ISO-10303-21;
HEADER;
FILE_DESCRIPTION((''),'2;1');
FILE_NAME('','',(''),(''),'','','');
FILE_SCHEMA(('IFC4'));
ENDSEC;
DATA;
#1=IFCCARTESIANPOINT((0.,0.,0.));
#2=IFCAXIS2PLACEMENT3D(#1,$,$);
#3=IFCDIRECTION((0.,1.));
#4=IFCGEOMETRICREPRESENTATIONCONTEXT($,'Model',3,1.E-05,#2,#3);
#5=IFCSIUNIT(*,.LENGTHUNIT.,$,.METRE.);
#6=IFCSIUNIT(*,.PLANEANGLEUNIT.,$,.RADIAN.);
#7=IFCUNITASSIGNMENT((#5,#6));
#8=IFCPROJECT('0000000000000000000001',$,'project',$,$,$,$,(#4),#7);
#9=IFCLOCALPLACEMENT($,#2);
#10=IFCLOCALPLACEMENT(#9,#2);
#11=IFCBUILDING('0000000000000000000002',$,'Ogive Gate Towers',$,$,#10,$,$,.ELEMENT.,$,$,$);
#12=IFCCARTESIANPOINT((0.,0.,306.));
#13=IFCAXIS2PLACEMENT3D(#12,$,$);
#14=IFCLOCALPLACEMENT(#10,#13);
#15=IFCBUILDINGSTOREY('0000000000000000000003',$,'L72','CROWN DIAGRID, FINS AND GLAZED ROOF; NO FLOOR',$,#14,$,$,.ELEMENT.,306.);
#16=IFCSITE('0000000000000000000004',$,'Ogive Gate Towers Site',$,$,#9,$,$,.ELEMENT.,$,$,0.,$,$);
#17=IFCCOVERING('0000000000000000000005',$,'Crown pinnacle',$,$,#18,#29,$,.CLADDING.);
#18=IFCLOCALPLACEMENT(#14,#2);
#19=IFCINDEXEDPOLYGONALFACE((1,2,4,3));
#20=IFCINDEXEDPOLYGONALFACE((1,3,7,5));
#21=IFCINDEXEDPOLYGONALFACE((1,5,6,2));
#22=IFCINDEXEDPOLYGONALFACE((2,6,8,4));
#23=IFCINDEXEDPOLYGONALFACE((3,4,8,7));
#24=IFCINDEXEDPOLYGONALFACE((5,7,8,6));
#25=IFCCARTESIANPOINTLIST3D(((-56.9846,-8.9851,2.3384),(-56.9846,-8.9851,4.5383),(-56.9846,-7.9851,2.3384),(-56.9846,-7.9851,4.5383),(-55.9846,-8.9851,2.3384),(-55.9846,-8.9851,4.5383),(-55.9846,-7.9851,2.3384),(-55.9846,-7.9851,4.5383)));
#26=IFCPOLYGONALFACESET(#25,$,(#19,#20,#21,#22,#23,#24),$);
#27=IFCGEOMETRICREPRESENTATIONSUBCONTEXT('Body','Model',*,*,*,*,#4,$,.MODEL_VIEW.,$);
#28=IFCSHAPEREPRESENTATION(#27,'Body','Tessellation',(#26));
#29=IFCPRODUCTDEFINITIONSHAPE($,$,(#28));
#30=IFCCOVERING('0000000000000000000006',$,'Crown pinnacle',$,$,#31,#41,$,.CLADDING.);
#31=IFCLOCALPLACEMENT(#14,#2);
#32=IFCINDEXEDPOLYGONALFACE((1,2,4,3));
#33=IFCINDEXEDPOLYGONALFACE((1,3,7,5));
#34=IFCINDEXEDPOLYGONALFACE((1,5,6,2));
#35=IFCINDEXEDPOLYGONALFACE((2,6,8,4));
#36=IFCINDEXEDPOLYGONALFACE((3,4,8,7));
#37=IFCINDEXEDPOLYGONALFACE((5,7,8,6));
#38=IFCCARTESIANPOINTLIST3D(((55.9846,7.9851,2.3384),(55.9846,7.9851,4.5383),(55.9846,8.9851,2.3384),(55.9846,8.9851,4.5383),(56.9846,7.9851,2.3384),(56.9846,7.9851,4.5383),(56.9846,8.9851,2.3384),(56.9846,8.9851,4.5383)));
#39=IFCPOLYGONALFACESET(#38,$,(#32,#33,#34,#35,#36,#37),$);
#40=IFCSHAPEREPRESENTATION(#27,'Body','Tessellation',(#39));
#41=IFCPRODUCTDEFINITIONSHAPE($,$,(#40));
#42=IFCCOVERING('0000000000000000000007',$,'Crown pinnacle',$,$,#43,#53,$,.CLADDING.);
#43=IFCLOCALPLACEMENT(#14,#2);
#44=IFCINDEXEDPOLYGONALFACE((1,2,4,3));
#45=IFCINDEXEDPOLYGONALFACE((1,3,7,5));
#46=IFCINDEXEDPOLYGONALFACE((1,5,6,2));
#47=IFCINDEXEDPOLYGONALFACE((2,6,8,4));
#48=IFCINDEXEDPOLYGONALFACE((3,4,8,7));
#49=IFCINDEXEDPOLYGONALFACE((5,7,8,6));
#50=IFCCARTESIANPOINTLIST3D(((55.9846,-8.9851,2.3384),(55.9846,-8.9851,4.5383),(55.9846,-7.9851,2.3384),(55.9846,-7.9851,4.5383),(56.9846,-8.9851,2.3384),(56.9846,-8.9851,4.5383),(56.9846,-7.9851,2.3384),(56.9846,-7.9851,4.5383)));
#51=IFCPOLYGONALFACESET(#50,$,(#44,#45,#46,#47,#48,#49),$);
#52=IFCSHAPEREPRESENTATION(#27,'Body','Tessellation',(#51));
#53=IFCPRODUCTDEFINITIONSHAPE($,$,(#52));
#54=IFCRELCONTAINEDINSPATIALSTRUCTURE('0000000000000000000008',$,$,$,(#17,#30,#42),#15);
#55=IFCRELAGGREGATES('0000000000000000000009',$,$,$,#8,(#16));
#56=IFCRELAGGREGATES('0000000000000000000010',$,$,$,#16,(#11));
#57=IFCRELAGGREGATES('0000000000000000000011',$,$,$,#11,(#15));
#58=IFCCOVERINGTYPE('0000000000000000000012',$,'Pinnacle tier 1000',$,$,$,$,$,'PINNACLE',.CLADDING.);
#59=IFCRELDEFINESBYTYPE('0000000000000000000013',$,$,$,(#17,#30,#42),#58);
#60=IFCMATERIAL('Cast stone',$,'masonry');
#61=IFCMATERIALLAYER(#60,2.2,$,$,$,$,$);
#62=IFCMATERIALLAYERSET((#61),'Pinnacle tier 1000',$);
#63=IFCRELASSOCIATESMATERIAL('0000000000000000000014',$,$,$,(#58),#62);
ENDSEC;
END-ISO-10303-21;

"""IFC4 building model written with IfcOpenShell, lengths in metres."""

from ifc_helpers import new_model, si_unit, direction, frame, origin, place, context, subcontext, project, spatial, polyline, outline, extrude, material, layer, layer_set, type_object, element, save


model = new_model("IFC4")

# Units and contexts
model_context = context("Model", 3, precision=1e-05, world=origin(), true_north=direction((0.0, 1.0)))
body_context = subcontext(model_context, "Body", "Model", "MODEL_VIEW")
ifc_project = project(units=[si_unit("LENGTHUNIT", "METRE"), si_unit("PLANEANGLEUNIT", "RADIAN")], contexts=[model_context])

# Site, building, storey
site_placement = place(None, origin())
site = spatial("IfcSite", under=ifc_project, at=site_placement, Name="Ogive Gate Towers Site", CompositionType="ELEMENT", RefElevation=0.0)
building_placement = place(site_placement, origin())
building = spatial("IfcBuilding", under=site, at=building_placement, Name="Ogive Gate Towers", CompositionType="ELEMENT")
storey_placement = place(building_placement, frame((0.0, 0.0, 306.0)))
storey = spatial("IfcBuildingStorey", under=building, at=storey_placement, Name="L72", Description="CROWN DIAGRID, FINS AND GLAZED ROOF; NO FLOOR", CompositionType="ELEMENT", Elevation=306.0)

# Coverings
ifc_material_1 = material(Name="Cast stone", Category="masonry")
ifc_layer_1 = layer(ifc_material_1, 2.2)
ifc_layer_set_1 = layer_set([ifc_layer_1], Name="Pinnacle tier 1000")
covering_type = type_object("IfcCoveringType", Name="Pinnacle tier 1000", ElementType="PINNACLE", PredefinedType="CLADDING", material=ifc_layer_set_1)
covering_1_placement = place(storey_placement, frame((0.0, 0.0, 2.3384)))
element("IfcCovering", 1, at=covering_1_placement, inside=storey, type_object=covering_type, Name="Crown pinnacle", PredefinedType="CLADDING", context=body_context, shape_type="SweptSolid", body=[
    extrude(outline(polyline([(-56.9846, -8.9851), (-55.9846, -8.9851), (-55.9846, -7.9851), (-56.9846, -7.9851), (-56.9846, -8.9851)])), origin(), (0.0, 0.0, 1.0), 2.2),
])
covering_2_placement = place(storey_placement, frame((0.0, 0.0, 2.3384)))
element("IfcCovering", 2, at=covering_2_placement, inside=storey, type_object=covering_type, Name="Crown pinnacle", PredefinedType="CLADDING", context=body_context, shape_type="SweptSolid", body=[
    extrude(outline(polyline([(56.9846, 8.9851), (55.9846, 8.9851), (55.9846, 7.9851), (56.9846, 7.9851), (56.9846, 8.9851)])), origin(), (0.0, 0.0, 1.0), 2.2),
])
covering_3_placement = place(storey_placement, frame((0.0, 0.0, 2.3384)))
element("IfcCovering", 3, at=covering_3_placement, inside=storey, type_object=covering_type, Name="Crown pinnacle", PredefinedType="CLADDING", context=body_context, shape_type="SweptSolid", body=[
    extrude(outline(polyline([(56.9846, -7.9851), (55.9846, -7.9851), (55.9846, -8.9851), (56.9846, -8.9851), (56.9846, -7.9851)])), origin(), (0.0, 0.0, 1.0), 2.2),
])

save(model, "model.ifc")
